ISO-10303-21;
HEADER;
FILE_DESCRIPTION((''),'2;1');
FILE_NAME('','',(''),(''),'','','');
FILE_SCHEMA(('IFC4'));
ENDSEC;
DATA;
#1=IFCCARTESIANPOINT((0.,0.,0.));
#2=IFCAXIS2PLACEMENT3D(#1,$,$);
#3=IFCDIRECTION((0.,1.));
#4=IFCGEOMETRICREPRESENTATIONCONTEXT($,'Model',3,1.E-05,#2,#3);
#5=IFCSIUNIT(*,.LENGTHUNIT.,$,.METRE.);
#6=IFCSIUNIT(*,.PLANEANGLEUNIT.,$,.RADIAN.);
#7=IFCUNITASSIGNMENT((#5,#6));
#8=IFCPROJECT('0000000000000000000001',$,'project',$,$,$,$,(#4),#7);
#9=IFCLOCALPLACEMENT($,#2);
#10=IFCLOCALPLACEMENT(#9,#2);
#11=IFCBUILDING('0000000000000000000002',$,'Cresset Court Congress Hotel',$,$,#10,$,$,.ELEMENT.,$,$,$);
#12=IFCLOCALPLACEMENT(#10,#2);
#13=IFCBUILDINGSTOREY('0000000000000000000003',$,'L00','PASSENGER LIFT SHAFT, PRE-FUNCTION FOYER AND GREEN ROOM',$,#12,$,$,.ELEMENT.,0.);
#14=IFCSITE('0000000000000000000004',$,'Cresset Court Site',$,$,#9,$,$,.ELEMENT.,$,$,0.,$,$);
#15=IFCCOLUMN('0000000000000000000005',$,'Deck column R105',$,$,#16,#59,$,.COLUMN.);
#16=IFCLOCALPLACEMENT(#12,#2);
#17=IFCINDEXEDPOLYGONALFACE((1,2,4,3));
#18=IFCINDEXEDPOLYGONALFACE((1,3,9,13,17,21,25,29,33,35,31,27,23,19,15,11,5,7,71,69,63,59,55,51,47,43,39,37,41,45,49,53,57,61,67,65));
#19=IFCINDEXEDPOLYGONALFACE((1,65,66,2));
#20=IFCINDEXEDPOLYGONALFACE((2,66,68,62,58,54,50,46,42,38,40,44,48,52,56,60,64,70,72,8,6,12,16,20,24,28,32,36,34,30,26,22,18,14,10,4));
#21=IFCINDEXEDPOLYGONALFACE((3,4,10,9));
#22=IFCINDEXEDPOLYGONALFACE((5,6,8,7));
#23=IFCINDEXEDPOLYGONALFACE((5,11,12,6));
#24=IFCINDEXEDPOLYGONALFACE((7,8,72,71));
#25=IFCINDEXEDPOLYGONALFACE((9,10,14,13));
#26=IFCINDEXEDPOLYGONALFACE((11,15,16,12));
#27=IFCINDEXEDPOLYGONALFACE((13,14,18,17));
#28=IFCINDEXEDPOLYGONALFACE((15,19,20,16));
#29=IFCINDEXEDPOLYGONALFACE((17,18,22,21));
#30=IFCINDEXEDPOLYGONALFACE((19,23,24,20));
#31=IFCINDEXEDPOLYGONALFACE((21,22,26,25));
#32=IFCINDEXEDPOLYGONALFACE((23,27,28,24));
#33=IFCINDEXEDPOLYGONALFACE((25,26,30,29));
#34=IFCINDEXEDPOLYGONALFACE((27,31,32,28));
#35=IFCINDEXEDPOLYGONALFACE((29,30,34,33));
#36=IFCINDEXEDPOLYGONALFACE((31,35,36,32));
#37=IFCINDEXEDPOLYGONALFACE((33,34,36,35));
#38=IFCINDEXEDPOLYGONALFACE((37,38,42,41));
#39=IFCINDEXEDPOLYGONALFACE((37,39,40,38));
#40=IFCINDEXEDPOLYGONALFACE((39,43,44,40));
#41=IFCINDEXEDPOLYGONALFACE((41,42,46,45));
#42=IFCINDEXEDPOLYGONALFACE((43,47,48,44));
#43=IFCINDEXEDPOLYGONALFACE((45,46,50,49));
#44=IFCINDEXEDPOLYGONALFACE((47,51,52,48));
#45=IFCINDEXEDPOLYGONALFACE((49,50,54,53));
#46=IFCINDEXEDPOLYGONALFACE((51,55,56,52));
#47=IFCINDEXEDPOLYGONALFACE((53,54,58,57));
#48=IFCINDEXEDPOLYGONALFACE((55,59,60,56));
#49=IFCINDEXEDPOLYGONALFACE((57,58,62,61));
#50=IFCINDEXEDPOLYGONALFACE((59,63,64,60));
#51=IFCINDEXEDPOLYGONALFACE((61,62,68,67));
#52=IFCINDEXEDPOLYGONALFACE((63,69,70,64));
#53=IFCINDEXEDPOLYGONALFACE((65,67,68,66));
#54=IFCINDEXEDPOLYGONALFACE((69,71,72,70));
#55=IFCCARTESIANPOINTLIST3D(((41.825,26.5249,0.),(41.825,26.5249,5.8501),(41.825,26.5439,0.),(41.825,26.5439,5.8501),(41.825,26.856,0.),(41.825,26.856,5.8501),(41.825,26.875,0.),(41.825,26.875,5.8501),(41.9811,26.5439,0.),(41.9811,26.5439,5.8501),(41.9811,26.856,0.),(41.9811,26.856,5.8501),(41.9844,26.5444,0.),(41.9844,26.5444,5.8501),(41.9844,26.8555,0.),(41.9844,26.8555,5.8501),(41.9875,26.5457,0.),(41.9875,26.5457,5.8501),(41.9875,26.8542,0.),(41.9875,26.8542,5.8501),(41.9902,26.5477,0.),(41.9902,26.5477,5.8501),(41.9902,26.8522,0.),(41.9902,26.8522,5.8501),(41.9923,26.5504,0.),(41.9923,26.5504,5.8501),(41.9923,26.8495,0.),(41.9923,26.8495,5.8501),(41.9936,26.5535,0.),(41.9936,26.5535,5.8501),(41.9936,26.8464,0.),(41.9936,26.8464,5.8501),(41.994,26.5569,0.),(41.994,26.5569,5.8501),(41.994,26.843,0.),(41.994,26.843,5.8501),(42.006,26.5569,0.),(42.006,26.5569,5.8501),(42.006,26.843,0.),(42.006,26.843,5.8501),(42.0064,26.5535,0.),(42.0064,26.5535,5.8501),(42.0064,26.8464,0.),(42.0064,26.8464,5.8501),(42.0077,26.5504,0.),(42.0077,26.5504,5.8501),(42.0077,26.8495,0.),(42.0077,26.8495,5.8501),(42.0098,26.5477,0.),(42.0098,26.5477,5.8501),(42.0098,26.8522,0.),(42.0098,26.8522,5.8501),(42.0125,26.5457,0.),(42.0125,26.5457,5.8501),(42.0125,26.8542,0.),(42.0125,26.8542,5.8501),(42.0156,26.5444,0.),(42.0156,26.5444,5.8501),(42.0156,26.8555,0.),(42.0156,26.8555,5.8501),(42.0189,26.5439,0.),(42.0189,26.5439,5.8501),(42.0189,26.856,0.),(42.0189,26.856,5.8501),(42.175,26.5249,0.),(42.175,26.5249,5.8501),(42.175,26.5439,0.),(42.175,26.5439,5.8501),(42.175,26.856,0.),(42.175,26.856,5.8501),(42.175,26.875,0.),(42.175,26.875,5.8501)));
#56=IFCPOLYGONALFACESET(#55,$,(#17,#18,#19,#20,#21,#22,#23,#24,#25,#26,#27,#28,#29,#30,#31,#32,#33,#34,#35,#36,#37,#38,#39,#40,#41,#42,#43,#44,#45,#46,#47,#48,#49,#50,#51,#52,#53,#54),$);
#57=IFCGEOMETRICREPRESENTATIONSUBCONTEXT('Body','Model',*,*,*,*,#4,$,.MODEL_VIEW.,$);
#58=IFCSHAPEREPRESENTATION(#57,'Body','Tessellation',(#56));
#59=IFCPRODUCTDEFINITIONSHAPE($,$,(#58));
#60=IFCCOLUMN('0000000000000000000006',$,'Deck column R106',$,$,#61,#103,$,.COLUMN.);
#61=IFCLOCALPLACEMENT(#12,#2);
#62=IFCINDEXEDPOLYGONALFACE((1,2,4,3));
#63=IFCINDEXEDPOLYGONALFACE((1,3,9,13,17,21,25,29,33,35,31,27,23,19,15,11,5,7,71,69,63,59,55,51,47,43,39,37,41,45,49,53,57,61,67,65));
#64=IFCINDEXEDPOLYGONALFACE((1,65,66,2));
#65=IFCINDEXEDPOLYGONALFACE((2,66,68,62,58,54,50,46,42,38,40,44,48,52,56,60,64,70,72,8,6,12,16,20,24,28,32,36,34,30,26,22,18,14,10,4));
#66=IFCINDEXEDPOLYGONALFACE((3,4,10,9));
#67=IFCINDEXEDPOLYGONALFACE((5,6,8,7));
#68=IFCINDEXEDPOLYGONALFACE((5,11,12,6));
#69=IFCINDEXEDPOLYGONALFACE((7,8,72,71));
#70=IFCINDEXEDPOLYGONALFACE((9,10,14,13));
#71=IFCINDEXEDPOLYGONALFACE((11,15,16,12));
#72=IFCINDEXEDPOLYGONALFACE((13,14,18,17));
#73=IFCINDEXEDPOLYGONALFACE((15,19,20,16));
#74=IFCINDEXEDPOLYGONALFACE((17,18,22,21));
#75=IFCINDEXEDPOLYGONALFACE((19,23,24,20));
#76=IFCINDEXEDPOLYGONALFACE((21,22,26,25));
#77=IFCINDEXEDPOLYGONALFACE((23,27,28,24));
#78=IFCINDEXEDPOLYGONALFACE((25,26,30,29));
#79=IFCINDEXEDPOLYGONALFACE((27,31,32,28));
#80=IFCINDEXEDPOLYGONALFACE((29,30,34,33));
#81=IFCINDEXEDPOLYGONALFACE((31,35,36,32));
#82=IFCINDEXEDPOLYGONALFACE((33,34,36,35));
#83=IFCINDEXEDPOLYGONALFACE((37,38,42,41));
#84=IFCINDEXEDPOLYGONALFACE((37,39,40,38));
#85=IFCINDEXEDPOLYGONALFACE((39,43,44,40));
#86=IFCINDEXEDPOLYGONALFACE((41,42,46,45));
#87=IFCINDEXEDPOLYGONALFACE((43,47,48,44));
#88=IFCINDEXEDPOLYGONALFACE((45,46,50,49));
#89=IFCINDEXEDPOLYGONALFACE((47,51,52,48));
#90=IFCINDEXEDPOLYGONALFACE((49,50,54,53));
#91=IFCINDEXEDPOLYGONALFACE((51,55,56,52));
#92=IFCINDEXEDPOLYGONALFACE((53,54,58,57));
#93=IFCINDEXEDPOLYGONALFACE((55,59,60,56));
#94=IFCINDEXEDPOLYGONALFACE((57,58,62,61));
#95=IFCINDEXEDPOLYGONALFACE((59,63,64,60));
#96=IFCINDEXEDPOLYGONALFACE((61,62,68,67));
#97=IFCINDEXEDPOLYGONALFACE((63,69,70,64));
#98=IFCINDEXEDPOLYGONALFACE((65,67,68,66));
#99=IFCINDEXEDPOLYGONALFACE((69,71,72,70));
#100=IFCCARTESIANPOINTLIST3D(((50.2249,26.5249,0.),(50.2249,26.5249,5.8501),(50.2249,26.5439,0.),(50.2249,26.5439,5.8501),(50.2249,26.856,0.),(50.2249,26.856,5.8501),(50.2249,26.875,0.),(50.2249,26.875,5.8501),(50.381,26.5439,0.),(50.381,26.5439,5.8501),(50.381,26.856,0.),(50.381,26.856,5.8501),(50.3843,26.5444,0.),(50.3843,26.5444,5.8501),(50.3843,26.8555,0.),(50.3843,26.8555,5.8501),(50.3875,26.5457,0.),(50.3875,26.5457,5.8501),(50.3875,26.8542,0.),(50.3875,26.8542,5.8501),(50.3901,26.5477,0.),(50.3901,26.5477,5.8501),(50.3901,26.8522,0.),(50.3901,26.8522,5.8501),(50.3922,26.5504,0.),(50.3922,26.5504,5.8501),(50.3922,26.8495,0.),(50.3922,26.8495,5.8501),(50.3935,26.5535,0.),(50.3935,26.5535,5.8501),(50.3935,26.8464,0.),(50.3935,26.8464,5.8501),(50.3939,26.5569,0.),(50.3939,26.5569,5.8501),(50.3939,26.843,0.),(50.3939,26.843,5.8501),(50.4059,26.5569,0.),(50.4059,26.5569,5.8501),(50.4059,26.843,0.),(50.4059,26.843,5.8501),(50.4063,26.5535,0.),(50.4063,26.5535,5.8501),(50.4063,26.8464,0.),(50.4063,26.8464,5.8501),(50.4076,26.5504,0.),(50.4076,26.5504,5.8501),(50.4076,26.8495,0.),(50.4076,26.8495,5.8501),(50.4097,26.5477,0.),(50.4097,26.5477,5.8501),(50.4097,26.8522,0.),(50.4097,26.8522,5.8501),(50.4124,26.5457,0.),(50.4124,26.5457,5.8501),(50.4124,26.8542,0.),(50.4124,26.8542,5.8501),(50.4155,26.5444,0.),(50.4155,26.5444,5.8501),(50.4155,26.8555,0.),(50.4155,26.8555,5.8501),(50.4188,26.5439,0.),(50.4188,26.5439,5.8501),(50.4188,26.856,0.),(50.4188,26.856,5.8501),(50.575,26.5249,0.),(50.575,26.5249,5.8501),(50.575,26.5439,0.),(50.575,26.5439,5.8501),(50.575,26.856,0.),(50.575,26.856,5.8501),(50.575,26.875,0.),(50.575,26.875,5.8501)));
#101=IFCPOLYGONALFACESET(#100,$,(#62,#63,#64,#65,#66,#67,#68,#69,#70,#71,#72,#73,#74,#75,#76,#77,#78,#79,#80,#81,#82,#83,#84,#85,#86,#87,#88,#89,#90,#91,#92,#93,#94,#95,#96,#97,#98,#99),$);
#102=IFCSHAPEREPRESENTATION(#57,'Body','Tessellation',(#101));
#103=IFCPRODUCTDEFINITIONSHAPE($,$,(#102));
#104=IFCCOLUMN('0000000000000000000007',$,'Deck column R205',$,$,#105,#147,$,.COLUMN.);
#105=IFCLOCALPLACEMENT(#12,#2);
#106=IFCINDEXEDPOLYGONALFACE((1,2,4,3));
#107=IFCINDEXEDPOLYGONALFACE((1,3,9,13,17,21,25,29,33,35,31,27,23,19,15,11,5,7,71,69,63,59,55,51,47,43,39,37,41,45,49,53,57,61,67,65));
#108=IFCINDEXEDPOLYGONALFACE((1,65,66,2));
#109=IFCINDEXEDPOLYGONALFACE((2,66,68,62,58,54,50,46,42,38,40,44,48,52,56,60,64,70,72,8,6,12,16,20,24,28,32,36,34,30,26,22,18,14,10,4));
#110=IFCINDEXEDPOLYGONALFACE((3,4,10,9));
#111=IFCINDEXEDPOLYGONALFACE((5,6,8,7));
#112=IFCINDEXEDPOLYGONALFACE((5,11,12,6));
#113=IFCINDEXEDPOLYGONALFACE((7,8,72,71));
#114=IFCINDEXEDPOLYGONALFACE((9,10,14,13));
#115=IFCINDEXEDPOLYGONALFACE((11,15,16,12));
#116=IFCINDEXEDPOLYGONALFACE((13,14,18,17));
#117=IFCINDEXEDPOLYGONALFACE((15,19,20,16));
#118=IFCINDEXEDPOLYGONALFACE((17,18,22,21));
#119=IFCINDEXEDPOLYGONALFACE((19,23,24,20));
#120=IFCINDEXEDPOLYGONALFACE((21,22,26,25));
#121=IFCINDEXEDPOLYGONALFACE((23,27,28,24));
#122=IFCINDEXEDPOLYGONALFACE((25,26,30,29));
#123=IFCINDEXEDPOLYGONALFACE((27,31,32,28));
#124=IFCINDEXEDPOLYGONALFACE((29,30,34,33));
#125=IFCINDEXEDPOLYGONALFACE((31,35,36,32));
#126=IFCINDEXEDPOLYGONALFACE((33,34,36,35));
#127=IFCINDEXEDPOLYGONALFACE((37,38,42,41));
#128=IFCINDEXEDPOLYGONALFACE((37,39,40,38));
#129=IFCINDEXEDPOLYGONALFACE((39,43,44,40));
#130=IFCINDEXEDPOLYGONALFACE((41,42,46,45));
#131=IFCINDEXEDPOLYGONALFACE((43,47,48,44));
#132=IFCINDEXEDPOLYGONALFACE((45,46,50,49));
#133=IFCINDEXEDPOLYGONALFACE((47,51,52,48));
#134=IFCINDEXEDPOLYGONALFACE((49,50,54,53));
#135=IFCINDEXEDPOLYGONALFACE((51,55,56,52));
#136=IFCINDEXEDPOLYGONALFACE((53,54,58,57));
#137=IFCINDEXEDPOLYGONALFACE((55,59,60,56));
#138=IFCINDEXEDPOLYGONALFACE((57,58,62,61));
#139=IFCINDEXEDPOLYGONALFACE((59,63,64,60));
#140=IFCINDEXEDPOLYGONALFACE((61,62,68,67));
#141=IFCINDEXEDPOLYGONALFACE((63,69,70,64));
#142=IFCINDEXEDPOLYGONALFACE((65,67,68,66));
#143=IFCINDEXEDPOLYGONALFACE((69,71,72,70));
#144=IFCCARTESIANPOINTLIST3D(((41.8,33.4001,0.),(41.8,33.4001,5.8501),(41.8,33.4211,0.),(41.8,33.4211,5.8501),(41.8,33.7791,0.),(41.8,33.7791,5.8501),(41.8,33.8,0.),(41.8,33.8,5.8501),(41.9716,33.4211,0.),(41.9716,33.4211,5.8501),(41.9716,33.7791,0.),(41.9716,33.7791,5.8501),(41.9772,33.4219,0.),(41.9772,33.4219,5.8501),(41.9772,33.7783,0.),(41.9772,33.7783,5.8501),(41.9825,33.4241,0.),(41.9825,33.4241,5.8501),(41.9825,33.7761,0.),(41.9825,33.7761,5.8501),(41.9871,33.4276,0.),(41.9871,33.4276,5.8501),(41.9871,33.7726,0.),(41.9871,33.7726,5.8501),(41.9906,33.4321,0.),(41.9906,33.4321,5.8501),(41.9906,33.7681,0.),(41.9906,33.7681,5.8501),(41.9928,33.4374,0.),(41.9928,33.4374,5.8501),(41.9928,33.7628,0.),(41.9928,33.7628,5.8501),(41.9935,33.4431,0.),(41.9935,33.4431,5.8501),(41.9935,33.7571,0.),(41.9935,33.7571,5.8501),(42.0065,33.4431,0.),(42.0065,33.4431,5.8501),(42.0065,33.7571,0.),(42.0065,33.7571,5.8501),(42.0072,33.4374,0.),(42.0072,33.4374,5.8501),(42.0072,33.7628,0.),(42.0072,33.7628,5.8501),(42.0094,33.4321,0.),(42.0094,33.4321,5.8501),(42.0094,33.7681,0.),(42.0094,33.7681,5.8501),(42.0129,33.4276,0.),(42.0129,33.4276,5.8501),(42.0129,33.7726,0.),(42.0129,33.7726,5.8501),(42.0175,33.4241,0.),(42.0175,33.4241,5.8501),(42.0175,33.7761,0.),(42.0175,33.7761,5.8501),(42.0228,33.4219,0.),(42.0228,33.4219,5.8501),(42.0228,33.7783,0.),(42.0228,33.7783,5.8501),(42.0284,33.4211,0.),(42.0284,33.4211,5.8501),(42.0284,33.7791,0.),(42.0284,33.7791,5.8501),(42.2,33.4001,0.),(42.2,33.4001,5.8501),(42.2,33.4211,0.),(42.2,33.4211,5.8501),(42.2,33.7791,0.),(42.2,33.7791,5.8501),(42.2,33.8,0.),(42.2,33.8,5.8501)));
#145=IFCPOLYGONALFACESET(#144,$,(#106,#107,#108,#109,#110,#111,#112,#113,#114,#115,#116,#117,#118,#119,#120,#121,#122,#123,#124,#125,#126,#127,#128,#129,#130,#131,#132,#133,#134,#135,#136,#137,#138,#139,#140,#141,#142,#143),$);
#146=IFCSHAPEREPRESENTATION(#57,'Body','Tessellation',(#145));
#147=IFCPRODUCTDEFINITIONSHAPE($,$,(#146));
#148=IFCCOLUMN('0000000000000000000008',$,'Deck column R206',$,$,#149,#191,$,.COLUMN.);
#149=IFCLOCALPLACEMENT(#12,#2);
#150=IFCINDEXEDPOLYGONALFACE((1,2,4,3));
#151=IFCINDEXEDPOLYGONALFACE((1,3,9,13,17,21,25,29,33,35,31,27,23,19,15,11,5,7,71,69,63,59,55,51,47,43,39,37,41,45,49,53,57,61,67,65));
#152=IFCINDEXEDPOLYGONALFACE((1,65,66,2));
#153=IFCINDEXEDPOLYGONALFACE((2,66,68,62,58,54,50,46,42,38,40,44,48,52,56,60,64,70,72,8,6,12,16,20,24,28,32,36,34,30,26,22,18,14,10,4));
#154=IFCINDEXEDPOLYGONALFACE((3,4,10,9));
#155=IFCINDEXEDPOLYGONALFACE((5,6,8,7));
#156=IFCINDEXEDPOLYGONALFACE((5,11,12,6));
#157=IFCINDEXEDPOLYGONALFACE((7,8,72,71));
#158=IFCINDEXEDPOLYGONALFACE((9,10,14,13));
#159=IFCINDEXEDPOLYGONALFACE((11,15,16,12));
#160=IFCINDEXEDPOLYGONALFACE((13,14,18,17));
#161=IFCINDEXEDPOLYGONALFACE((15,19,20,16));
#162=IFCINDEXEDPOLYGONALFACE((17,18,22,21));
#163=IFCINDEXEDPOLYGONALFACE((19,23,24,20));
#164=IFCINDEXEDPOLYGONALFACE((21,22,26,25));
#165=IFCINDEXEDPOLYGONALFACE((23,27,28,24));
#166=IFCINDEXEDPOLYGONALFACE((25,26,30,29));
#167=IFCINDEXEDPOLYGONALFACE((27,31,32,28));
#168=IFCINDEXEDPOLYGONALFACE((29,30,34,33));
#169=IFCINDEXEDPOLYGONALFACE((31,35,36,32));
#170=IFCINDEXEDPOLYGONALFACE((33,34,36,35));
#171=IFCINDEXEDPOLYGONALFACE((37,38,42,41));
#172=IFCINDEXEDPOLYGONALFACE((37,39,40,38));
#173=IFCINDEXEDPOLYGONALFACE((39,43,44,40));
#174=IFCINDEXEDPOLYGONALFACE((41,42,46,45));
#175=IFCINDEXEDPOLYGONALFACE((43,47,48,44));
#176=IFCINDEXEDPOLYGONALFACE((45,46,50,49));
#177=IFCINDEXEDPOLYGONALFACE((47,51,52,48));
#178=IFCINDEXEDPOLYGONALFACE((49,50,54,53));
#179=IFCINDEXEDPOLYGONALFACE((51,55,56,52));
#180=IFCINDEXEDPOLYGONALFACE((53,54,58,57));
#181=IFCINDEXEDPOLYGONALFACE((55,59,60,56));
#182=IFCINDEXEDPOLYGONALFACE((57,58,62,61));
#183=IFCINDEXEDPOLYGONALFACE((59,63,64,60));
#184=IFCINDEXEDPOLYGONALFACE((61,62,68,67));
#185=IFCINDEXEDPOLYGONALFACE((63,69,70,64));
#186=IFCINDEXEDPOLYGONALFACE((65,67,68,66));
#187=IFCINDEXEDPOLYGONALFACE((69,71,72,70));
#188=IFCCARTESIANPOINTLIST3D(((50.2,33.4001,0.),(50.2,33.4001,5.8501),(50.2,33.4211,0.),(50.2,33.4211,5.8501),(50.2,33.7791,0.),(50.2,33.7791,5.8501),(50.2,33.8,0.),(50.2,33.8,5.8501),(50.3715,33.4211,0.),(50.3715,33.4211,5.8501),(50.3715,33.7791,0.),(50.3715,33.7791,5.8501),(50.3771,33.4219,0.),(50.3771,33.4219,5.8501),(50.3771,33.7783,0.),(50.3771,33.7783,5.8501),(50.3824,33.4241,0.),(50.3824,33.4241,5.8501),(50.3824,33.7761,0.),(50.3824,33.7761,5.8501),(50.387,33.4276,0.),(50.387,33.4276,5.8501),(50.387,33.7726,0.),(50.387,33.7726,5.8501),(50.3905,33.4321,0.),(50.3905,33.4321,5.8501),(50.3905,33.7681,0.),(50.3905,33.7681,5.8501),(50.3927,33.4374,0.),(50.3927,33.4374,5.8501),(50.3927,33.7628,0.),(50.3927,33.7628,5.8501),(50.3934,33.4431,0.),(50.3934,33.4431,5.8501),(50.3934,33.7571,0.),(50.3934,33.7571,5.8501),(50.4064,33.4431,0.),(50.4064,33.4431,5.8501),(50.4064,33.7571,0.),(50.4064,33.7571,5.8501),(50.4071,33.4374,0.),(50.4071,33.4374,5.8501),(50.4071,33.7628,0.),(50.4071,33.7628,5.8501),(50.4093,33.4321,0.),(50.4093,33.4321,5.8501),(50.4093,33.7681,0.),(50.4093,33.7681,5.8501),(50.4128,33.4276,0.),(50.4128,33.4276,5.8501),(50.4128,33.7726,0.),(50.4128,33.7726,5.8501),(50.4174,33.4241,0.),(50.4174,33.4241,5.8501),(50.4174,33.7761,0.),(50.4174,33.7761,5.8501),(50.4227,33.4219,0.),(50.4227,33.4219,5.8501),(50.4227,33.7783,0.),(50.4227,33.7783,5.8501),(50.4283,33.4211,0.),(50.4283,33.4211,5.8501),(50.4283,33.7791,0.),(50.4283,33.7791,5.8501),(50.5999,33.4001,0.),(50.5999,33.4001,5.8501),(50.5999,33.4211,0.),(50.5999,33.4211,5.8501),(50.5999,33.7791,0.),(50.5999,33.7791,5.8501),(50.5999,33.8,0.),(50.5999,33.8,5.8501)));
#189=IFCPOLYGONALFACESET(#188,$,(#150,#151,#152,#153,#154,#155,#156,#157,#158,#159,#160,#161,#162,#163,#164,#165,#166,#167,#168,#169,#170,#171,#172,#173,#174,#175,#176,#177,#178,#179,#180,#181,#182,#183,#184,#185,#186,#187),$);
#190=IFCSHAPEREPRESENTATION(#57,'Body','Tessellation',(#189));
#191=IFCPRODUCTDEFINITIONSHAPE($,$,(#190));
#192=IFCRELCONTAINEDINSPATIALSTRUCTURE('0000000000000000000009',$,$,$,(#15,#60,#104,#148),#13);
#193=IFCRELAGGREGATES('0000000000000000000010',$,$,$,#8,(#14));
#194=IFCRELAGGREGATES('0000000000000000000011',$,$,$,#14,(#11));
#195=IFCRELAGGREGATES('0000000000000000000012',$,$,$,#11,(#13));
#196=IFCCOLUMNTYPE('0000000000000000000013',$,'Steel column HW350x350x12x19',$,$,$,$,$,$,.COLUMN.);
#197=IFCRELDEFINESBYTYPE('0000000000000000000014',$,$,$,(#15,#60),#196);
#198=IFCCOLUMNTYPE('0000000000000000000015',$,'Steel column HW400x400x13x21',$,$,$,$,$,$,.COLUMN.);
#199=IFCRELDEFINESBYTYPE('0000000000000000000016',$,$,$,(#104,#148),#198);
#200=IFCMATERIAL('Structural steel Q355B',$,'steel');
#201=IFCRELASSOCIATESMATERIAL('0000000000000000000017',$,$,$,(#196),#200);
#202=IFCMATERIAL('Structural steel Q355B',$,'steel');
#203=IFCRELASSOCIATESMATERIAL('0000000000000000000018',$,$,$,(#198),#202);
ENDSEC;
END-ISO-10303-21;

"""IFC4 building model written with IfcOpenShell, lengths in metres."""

from ifc_helpers import new_model, si_unit, direction, frame, origin, origin_2d, place, context, subcontext, project, spatial, i_section, extrude, material, material_profile, profile_set, type_object, element, save


model = new_model("IFC4")

# Units and contexts
model_context = context("Model", 3, precision=1e-05, world=origin(), true_north=direction((0.0, 1.0)))
body_context = subcontext(model_context, "Body", "Model", "MODEL_VIEW")
ifc_project = project(units=[si_unit("LENGTHUNIT", "METRE"), si_unit("PLANEANGLEUNIT", "RADIAN")], contexts=[model_context])

# Site, building, storey
site_placement = place(None, origin())
site = spatial("IfcSite", under=ifc_project, at=site_placement, Name="Cresset Court Site", CompositionType="ELEMENT", RefElevation=0.0)
building_placement = place(site_placement, origin())
building = spatial("IfcBuilding", under=site, at=building_placement, Name="Cresset Court Congress Hotel", CompositionType="ELEMENT")
storey_placement = place(building_placement, origin())
storey = spatial("IfcBuildingStorey", under=building, at=storey_placement, Name="L00", Description="PASSENGER LIFT SHAFT, PRE-FUNCTION FOYER AND GREEN ROOM", CompositionType="ELEMENT", Elevation=0.0)

# Columns
ifc_material_1 = material(Name="Structural steel Q355B", Category="steel")
ifc_material_profile_1 = material_profile(ifc_material_1, i_section(OverallWidth=0.3501, OverallDepth=0.3501, WebThickness=0.012, FlangeThickness=0.019, FilletRadius=0.0129, at=origin_2d()), Name="HW350x350x12x19")
ifc_profile_set_1 = profile_set([ifc_material_profile_1], Name="Structural steel Q355B")
column_type_1 = type_object("IfcColumnType", Name="Steel column HW350x350x12x19", PredefinedType="COLUMN", material=ifc_profile_set_1)
for number, where, z_axis, x_axis, name in (
    (1, (42.0, 26.7, 0.0), (0.0, 0.0, 1.0), (1.0, 0.0, 0.0), "Deck column R105"),
    (2, (50.3999, 26.7, 0.0), (0.0, 0.0, 1.0), (1.0, 0.0, 0.0), "Deck column R106"),
):
    element("IfcColumn", number, at=place(storey_placement, frame(where, z_axis=z_axis, x_axis=x_axis)), inside=storey, type_object=column_type_1, Name=name, PredefinedType="COLUMN", context=body_context, shape_type="SweptSolid", body=[
        extrude(i_section(OverallWidth=0.3501, OverallDepth=0.3501, WebThickness=0.012, FlangeThickness=0.019, FilletRadius=0.0129, at=origin_2d()), origin(), (0.0, 0.0, 1.0), 5.8501),
    ])
ifc_material_2 = material(Name="Structural steel Q355B", Category="steel")
ifc_material_profile_2 = material_profile(ifc_material_2, i_section(OverallWidth=0.3999, OverallDepth=0.3999, WebThickness=0.0129, FlangeThickness=0.021, FilletRadius=0.022, at=origin_2d()), Name="HW400x400x13x21")
ifc_profile_set_2 = profile_set([ifc_material_profile_2], Name="Structural steel Q355B")
column_type_2 = type_object("IfcColumnType", Name="Steel column HW400x400x13x21", PredefinedType="COLUMN", material=ifc_profile_set_2)
for number, where, z_axis, x_axis, name in (
    (3, (42.0, 33.6001, 0.0), (0.0, 0.0, 1.0), (1.0, 0.0, 0.0), "Deck column R205"),
    (4, (50.3999, 33.6001, 0.0), (0.0, 0.0, 1.0), (1.0, 0.0, 0.0), "Deck column R206"),
):
    element("IfcColumn", number, at=place(storey_placement, frame(where, z_axis=z_axis, x_axis=x_axis)), inside=storey, type_object=column_type_2, Name=name, PredefinedType="COLUMN", context=body_context, shape_type="SweptSolid", body=[
        extrude(i_section(OverallWidth=0.3999, OverallDepth=0.3999, WebThickness=0.0129, FlangeThickness=0.021, FilletRadius=0.022, at=origin_2d()), origin(), (0.0, 0.0, 1.0), 5.8501),
    ])

save(model, "model.ifc")
